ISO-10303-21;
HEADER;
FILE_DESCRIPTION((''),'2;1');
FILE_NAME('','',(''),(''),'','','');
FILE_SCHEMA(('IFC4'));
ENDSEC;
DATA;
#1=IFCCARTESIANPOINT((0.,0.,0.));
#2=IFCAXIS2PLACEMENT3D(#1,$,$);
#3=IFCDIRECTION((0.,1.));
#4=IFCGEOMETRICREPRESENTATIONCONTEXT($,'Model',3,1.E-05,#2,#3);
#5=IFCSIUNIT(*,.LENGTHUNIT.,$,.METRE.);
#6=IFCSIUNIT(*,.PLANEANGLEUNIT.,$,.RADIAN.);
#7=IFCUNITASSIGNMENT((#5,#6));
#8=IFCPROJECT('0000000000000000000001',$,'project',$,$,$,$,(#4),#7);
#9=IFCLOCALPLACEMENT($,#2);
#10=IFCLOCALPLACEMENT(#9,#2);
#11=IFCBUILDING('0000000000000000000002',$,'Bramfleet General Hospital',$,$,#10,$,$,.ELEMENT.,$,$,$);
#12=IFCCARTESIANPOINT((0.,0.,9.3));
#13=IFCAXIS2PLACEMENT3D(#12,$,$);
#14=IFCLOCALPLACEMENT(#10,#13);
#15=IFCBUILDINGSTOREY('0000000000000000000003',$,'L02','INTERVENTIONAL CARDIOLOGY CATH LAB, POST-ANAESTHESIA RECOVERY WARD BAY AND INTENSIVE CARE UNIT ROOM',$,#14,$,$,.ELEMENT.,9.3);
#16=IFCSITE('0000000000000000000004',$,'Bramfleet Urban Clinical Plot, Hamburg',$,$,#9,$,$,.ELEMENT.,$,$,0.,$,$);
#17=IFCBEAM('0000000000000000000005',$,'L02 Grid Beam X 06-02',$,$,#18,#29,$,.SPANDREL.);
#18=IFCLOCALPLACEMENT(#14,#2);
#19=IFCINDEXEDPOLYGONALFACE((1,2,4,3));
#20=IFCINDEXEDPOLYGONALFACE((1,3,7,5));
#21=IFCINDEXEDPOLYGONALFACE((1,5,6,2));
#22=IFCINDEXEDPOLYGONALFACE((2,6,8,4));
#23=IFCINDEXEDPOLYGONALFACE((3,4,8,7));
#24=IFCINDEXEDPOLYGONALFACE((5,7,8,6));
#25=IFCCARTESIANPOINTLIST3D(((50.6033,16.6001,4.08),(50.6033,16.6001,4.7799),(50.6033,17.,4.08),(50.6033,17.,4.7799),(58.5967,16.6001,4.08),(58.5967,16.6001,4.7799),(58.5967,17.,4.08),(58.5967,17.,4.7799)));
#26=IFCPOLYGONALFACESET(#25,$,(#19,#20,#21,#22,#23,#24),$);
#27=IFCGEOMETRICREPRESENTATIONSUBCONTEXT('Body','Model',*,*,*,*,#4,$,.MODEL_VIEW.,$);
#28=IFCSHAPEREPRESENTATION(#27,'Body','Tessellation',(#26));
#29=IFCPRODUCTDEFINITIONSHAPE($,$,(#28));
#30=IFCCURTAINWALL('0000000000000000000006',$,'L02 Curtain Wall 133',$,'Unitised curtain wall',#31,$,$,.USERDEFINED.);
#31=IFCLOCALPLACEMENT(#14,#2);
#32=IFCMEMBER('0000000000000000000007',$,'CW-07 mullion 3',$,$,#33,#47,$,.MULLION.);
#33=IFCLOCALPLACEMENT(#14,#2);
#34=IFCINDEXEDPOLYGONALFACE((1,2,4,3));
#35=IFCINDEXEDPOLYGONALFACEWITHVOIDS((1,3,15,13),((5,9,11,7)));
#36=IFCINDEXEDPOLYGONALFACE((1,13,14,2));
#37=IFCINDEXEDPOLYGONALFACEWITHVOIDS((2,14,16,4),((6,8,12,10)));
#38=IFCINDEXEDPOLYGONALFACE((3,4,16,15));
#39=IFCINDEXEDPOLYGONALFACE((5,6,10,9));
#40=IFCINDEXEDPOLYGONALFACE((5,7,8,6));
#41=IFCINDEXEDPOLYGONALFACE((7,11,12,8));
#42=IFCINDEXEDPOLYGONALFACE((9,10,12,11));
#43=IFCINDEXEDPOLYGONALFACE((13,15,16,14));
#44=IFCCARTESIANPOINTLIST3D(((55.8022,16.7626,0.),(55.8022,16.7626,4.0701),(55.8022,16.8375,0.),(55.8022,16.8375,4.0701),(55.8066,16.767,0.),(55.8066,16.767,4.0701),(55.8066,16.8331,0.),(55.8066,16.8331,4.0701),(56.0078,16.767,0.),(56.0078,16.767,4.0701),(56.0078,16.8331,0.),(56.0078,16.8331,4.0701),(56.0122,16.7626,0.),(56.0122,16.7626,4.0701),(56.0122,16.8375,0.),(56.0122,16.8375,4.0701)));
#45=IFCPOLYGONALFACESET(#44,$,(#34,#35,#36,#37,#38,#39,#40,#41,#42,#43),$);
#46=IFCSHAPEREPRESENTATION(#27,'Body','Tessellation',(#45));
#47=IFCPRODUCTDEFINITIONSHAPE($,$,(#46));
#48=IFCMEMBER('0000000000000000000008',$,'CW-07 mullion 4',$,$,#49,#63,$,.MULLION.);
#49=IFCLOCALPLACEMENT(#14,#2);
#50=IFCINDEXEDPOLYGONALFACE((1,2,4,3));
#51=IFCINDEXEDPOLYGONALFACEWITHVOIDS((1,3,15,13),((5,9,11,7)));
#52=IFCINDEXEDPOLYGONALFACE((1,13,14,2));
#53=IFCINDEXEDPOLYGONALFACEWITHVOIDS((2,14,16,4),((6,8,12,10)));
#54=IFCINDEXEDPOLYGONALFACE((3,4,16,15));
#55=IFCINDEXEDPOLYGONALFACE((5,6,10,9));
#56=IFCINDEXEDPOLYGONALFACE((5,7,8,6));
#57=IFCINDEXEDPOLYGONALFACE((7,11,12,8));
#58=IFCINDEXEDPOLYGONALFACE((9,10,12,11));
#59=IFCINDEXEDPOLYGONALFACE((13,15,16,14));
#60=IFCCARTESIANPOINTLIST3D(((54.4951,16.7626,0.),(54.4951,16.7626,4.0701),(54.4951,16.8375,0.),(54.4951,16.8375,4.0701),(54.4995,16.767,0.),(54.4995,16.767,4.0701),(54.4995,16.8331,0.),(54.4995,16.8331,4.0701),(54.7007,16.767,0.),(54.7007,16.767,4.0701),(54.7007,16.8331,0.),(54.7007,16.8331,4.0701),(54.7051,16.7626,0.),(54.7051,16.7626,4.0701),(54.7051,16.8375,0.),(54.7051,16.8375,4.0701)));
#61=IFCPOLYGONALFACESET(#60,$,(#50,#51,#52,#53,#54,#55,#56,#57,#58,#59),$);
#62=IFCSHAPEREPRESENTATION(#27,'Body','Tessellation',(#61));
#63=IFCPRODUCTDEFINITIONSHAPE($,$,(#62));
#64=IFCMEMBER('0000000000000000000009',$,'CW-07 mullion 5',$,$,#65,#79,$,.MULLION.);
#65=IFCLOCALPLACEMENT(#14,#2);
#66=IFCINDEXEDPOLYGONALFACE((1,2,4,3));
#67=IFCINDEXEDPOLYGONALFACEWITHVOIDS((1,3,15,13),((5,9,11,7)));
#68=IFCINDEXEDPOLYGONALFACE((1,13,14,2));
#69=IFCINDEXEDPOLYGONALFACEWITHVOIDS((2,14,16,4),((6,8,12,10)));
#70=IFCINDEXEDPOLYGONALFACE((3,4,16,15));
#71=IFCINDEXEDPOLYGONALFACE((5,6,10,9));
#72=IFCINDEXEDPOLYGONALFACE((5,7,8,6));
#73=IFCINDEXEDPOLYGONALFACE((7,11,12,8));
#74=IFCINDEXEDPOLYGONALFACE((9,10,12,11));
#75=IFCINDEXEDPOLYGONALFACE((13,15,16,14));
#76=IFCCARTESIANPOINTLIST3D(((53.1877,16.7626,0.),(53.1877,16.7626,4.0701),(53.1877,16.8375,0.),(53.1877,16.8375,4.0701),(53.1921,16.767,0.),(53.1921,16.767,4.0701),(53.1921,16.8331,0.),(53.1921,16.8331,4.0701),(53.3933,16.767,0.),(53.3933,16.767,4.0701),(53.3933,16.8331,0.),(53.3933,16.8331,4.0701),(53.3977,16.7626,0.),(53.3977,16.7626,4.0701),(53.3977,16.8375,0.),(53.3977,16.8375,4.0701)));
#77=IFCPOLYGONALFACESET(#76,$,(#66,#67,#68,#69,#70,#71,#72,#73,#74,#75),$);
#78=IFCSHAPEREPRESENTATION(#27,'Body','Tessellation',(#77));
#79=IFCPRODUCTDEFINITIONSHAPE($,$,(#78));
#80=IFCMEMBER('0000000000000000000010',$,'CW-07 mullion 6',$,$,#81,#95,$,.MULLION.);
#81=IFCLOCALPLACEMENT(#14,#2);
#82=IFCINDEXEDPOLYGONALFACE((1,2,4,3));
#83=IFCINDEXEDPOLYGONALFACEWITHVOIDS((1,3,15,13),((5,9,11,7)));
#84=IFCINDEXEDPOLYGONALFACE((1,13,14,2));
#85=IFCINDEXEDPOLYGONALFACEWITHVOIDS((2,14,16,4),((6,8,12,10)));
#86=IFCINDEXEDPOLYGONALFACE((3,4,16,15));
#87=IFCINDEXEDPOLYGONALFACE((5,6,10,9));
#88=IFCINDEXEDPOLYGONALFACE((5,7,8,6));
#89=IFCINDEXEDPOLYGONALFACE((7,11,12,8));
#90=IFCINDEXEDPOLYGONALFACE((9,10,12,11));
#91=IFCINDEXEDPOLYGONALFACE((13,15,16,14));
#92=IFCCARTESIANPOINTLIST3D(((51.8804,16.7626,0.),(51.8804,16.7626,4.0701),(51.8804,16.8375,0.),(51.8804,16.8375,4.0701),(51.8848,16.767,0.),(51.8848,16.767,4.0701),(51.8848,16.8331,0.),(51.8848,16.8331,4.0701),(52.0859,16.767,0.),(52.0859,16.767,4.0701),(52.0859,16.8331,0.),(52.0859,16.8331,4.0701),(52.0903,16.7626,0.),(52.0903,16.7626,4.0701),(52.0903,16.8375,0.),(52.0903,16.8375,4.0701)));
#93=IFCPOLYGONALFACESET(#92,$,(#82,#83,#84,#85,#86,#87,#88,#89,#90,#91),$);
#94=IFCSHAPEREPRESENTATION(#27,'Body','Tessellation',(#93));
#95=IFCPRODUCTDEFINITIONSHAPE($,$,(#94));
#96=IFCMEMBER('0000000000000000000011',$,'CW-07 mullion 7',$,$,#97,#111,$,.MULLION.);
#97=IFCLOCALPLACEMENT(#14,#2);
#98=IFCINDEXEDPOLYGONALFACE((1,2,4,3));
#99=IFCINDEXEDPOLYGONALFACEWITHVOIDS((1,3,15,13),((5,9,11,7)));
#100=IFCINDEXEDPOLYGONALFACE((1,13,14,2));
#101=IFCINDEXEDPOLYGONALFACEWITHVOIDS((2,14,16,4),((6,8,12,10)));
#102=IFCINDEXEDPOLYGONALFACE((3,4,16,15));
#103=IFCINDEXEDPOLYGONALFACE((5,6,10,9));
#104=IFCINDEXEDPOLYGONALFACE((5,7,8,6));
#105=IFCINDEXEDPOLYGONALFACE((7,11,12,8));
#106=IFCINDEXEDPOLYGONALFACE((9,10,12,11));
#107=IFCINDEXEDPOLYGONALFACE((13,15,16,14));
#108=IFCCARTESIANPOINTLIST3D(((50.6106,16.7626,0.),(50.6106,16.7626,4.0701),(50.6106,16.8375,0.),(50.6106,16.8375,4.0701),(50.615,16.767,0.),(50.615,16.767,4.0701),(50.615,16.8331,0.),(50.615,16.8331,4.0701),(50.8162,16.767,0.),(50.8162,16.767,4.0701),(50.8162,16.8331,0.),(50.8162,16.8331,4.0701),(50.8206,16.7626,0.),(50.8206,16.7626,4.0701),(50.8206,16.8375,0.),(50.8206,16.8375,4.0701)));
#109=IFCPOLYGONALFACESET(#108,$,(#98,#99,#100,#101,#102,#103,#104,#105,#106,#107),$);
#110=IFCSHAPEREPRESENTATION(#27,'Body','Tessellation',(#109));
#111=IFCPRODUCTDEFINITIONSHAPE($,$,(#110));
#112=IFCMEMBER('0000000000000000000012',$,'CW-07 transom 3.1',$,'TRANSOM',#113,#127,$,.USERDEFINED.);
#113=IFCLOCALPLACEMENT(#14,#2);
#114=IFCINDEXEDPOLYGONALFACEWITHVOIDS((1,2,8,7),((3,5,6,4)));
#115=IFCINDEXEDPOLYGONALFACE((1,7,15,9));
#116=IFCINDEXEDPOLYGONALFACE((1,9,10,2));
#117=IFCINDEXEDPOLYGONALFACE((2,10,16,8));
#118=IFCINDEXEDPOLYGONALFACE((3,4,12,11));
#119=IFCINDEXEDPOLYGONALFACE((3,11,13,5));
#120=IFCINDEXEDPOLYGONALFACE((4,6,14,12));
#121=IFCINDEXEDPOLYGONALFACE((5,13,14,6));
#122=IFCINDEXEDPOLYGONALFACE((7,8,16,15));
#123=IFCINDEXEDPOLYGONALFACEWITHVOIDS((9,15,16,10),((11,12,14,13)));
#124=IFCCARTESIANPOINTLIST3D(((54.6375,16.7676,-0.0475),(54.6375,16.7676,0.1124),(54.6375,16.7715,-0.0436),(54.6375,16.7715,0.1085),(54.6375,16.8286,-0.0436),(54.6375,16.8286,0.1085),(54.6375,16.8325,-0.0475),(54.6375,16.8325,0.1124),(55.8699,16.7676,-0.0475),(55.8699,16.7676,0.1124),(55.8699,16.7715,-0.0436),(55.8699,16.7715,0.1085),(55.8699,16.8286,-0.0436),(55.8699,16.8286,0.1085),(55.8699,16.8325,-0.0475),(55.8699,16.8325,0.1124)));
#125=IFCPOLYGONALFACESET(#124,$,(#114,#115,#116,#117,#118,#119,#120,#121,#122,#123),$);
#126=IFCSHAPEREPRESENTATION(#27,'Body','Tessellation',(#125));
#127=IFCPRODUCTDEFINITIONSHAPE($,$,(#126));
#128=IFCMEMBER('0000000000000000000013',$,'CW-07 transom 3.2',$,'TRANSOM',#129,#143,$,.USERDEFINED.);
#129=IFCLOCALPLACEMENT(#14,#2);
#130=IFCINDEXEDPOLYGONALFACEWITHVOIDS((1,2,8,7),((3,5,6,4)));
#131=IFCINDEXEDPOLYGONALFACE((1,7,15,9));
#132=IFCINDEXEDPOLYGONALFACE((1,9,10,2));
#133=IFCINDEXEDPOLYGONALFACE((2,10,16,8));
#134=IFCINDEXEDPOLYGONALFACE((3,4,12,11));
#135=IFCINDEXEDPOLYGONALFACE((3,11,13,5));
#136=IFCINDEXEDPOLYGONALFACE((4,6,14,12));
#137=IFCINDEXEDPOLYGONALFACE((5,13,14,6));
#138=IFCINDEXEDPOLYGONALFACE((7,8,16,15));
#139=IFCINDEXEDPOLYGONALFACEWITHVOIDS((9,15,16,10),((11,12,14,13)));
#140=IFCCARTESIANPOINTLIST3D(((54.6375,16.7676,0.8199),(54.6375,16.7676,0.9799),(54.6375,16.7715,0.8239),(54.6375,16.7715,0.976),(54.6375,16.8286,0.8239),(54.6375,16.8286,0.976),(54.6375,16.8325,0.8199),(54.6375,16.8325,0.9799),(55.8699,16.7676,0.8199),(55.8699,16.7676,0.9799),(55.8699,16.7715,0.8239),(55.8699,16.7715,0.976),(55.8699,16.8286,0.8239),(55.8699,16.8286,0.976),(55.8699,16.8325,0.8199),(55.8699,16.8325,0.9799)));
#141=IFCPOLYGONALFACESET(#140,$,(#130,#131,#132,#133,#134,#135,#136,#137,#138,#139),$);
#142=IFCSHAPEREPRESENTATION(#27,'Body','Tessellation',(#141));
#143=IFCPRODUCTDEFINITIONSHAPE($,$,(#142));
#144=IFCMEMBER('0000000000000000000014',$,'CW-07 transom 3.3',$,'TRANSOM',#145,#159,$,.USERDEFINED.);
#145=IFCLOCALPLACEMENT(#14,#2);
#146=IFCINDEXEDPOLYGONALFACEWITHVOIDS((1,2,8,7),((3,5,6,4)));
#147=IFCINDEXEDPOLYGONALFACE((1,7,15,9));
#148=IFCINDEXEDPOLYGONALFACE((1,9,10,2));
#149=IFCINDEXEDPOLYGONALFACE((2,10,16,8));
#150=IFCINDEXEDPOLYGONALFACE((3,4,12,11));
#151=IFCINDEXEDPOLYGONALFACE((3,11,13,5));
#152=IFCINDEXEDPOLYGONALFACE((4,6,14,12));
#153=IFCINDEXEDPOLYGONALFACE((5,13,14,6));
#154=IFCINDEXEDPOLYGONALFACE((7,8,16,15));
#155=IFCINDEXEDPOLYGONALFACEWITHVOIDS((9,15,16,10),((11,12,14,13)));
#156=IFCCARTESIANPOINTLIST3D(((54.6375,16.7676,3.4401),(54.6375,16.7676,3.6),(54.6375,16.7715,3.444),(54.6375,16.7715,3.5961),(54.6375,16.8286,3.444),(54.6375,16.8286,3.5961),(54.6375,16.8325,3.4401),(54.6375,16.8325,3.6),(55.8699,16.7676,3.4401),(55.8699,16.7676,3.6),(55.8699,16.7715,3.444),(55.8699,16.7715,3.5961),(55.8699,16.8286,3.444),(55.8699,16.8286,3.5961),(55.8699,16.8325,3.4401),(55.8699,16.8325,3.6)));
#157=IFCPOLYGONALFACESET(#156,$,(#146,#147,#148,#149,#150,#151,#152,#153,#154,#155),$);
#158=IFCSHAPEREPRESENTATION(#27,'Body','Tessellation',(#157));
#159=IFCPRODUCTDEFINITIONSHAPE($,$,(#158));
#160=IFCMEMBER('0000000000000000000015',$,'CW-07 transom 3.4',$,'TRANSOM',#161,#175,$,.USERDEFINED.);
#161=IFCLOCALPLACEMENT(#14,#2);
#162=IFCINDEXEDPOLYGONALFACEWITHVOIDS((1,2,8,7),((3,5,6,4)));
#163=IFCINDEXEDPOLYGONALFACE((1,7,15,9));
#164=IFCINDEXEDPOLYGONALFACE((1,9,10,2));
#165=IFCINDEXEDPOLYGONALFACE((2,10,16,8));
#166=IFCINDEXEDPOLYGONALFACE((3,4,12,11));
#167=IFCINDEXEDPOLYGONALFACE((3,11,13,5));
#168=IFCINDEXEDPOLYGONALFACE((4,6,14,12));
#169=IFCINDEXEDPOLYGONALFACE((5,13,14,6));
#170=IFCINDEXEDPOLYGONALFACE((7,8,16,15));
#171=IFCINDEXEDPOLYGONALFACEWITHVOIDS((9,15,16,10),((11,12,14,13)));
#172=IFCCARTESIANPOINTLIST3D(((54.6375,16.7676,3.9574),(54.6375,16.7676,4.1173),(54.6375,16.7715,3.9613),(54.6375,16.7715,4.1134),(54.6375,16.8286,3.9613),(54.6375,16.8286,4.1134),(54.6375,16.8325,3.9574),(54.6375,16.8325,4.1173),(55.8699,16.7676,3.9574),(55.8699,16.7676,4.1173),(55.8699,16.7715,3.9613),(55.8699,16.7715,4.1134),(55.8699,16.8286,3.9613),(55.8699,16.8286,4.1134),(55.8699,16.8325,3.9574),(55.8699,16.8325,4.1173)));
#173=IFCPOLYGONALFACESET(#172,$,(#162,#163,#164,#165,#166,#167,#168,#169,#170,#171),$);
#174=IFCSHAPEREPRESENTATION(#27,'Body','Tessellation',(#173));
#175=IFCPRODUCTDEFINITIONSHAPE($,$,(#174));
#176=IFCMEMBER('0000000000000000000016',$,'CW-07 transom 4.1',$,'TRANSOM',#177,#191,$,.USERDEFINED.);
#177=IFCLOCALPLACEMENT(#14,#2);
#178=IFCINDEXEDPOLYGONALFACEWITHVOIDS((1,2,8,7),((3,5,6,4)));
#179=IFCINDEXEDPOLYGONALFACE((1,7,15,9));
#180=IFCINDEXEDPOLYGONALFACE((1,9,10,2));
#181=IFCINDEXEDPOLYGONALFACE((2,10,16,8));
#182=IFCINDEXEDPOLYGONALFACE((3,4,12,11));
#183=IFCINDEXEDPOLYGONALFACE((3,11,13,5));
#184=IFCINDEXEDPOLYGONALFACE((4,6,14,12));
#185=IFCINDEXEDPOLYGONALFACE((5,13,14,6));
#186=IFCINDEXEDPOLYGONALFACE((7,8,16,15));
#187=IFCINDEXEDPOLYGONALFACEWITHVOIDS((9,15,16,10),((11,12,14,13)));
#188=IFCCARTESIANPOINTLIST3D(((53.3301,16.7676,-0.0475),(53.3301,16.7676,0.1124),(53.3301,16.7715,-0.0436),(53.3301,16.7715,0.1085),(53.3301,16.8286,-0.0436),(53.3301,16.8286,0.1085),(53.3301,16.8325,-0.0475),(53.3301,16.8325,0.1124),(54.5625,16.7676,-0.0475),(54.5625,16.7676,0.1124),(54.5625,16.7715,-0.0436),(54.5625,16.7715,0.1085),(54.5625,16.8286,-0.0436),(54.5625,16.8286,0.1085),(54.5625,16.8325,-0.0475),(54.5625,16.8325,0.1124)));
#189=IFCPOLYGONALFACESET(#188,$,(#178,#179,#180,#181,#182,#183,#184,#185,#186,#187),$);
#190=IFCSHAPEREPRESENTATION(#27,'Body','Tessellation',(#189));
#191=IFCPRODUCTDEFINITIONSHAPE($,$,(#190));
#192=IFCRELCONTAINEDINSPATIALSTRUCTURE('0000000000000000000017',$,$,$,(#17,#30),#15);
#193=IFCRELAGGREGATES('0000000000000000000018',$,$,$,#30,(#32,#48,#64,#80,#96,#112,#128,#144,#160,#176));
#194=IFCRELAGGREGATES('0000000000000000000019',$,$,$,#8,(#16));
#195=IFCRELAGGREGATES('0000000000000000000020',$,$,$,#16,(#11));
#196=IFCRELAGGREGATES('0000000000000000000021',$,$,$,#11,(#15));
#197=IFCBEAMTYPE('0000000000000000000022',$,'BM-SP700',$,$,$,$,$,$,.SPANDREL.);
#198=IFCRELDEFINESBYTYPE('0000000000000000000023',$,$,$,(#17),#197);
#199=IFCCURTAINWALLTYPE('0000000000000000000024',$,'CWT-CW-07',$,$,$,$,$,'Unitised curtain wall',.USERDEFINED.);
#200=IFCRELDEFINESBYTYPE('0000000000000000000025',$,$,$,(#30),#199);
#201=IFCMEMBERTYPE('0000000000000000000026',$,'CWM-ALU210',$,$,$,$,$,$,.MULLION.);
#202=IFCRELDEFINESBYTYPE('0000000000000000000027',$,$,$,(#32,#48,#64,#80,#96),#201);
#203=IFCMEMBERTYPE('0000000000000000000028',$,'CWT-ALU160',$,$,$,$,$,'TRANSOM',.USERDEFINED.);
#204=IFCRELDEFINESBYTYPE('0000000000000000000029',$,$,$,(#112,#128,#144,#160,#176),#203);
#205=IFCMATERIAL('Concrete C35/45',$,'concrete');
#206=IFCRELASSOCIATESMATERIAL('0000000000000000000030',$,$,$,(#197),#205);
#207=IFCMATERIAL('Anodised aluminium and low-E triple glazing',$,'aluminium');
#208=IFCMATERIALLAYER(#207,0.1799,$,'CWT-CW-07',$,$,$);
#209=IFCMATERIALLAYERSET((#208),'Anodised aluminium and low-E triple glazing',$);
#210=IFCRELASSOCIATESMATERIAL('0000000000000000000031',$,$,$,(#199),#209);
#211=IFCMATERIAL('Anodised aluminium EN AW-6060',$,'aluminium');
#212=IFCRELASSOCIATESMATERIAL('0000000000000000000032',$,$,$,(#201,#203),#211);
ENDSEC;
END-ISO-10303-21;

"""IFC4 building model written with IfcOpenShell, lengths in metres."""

from ifc_helpers import new_model, si_unit, direction, frame, origin, origin_2d, place, context, subcontext, project, spatial, rectangle, hollow_rectangle, extrude, material, layer, layer_set, material_profile, profile_set, type_object, element, aggregate, save


model = new_model("IFC4")

# Units and contexts
model_context = context("Model", 3, precision=1e-05, world=origin(), true_north=direction((0.0, 1.0)))
body_context = subcontext(model_context, "Body", "Model", "MODEL_VIEW")
ifc_project = project(units=[si_unit("LENGTHUNIT", "METRE"), si_unit("PLANEANGLEUNIT", "RADIAN")], contexts=[model_context])

# Site, building, storey
site_placement = place(None, origin())
site = spatial("IfcSite", under=ifc_project, at=site_placement, Name="Bramfleet Urban Clinical Plot, Hamburg", CompositionType="ELEMENT", RefElevation=0.0)
building_placement = place(site_placement, origin())
building = spatial("IfcBuilding", under=site, at=building_placement, Name="Bramfleet General Hospital", CompositionType="ELEMENT")
storey_placement = place(building_placement, frame((0.0, 0.0, 9.3)))
storey = spatial("IfcBuildingStorey", under=building, at=storey_placement, Name="L02", Description="INTERVENTIONAL CARDIOLOGY CATH LAB, POST-ANAESTHESIA RECOVERY WARD BAY AND INTENSIVE CARE UNIT ROOM", CompositionType="ELEMENT", Elevation=9.3)

# Beam
ifc_material_1 = material(Name="Concrete C35/45", Category="concrete")
ifc_material_profile_1 = material_profile(ifc_material_1, rectangle(XDim=0.3999, YDim=0.7, at=origin_2d()), Name="RC SP 700x400")
ifc_profile_set_1 = profile_set([ifc_material_profile_1], Name="Concrete C35/45")
beam_type = type_object("IfcBeamType", Name="BM-SP700", PredefinedType="SPANDREL", material=ifc_profile_set_1)
beam_placement = place(storey_placement, frame((50.6033, 16.8, 4.4299), z_axis=(1.0, 0.0, 0.0), x_axis=(0.0, 1.0, 0.0)))
element("IfcBeam", 1, at=beam_placement, inside=storey, type_object=beam_type, Name="L02 Grid Beam X 06-02", PredefinedType="SPANDREL", context=body_context, shape_type="SweptSolid", body=[
    extrude(rectangle(XDim=0.3999, YDim=0.7, at=origin_2d()), origin(), (0.0, 0.0, 1.0), 7.9934),
])

# Curtain wall, members
ifc_material_2 = material(Name="Anodised aluminium and low-E triple glazing", Category="aluminium")
ifc_layer_1 = layer(ifc_material_2, 0.1799, Name="CWT-CW-07")
ifc_layer_set_1 = layer_set([ifc_layer_1], Name="Anodised aluminium and low-E triple glazing")
curtain_wall_type = type_object("IfcCurtainWallType", Name="CWT-CW-07", ElementType="Unitised curtain wall", PredefinedType="USERDEFINED", material=ifc_layer_set_1)
curtain_wall_placement = place(storey_placement, origin())
curtain_wall = element("IfcCurtainWall", 2, at=curtain_wall_placement, inside=storey, type_object=curtain_wall_type, Name="L02 Curtain Wall 133", ObjectType="Unitised curtain wall", PredefinedType="USERDEFINED")
ifc_material_3 = material(Name="Anodised aluminium EN AW-6060", Category="aluminium")
ifc_material_profile_2 = material_profile(ifc_material_3, hollow_rectangle(XDim=0.075, YDim=0.21, WallThickness=0.0044, at=origin_2d()), Name="ALU 210x75x4.5")
ifc_profile_set_2 = profile_set([ifc_material_profile_2], Name="Anodised aluminium EN AW-6060")
member_type_1 = type_object("IfcMemberType", Name="CWM-ALU210", PredefinedType="MULLION", material=ifc_profile_set_2)
member_1_placement = place(storey_placement, frame((55.9072, 16.8, 0.0), z_axis=(0.0, 0.0, 1.0), x_axis=(0.0, -1.0, 0.0)))
member_1 = element("IfcMember", 3, at=member_1_placement, type_object=member_type_1, Name="CW-07 mullion 3", PredefinedType="MULLION", context=body_context, shape_type="SweptSolid", body=[
    extrude(hollow_rectangle(XDim=0.075, YDim=0.21, WallThickness=0.0044, at=origin_2d()), origin(), (0.0, 0.0, 1.0), 4.0701),
])
member_2_placement = place(storey_placement, frame((54.6001, 16.8, 0.0), z_axis=(0.0, 0.0, 1.0), x_axis=(0.0, -1.0, 0.0)))
member_2 = element("IfcMember", 4, at=member_2_placement, type_object=member_type_1, Name="CW-07 mullion 4", PredefinedType="MULLION", context=body_context, shape_type="SweptSolid", body=[
    extrude(hollow_rectangle(XDim=0.075, YDim=0.21, WallThickness=0.0044, at=origin_2d()), origin(), (0.0, 0.0, 1.0), 4.0701),
])
member_3_placement = place(storey_placement, frame((53.2927, 16.8, 0.0), z_axis=(0.0, 0.0, 1.0), x_axis=(0.0, -1.0, 0.0)))
member_3 = element("IfcMember", 5, at=member_3_placement, type_object=member_type_1, Name="CW-07 mullion 5", PredefinedType="MULLION", context=body_context, shape_type="SweptSolid", body=[
    extrude(hollow_rectangle(XDim=0.075, YDim=0.21, WallThickness=0.0044, at=origin_2d()), origin(), (0.0, 0.0, 1.0), 4.0701),
])
member_4_placement = place(storey_placement, frame((51.9854, 16.8, 0.0), z_axis=(0.0, 0.0, 1.0), x_axis=(0.0, -1.0, 0.0)))
member_4 = element("IfcMember", 6, at=member_4_placement, type_object=member_type_1, Name="CW-07 mullion 6", PredefinedType="MULLION", context=body_context, shape_type="SweptSolid", body=[
    extrude(hollow_rectangle(XDim=0.075, YDim=0.21, WallThickness=0.0044, at=origin_2d()), origin(), (0.0, 0.0, 1.0), 4.0701),
])
member_5_placement = place(storey_placement, frame((50.7156, 16.8, 0.0), z_axis=(0.0, 0.0, 1.0), x_axis=(0.0, -1.0, 0.0)))
member_5 = element("IfcMember", 7, at=member_5_placement, type_object=member_type_1, Name="CW-07 mullion 7", PredefinedType="MULLION", context=body_context, shape_type="SweptSolid", body=[
    extrude(hollow_rectangle(XDim=0.075, YDim=0.21, WallThickness=0.0044, at=origin_2d()), origin(), (0.0, 0.0, 1.0), 4.0701),
])
ifc_material_profile_3 = material_profile(ifc_material_3, hollow_rectangle(XDim=0.0649, YDim=0.1599, WallThickness=0.0039, at=origin_2d()), Name="ALU 160x65x4.0")
ifc_profile_set_3 = profile_set([ifc_material_profile_3], Name="Anodised aluminium EN AW-6060")
member_type_2 = type_object("IfcMemberType", Name="CWT-ALU160", ElementType="TRANSOM", PredefinedType="USERDEFINED", material=ifc_profile_set_3)
member_6_placement = place(storey_placement, frame((55.8699, 16.8, 0.0325), z_axis=(-1.0, 0.0, 0.0), x_axis=(0.0, -1.0, 0.0)))
member_6 = element("IfcMember", 8, at=member_6_placement, type_object=member_type_2, Name="CW-07 transom 3.1", ObjectType="TRANSOM", PredefinedType="USERDEFINED", context=body_context, shape_type="SweptSolid", body=[
    extrude(hollow_rectangle(XDim=0.0649, YDim=0.1599, WallThickness=0.0039, at=origin_2d()), origin(), (0.0, 0.0, 1.0), 1.2324),
])
member_7_placement = place(storey_placement, frame((55.8699, 16.8, 0.8999), z_axis=(-1.0, 0.0, 0.0), x_axis=(0.0, -1.0, 0.0)))
member_7 = element("IfcMember", 9, at=member_7_placement, type_object=member_type_2, Name="CW-07 transom 3.2", ObjectType="TRANSOM", PredefinedType="USERDEFINED", context=body_context, shape_type="SweptSolid", body=[
    extrude(hollow_rectangle(XDim=0.0649, YDim=0.1599, WallThickness=0.0039, at=origin_2d()), origin(), (0.0, 0.0, 1.0), 1.2324),
])
member_8_placement = place(storey_placement, frame((55.8699, 16.8, 3.52), z_axis=(-1.0, 0.0, 0.0), x_axis=(0.0, -1.0, 0.0)))
member_8 = element("IfcMember", 10, at=member_8_placement, type_object=member_type_2, Name="CW-07 transom 3.3", ObjectType="TRANSOM", PredefinedType="USERDEFINED", context=body_context, shape_type="SweptSolid", body=[
    extrude(hollow_rectangle(XDim=0.0649, YDim=0.1599, WallThickness=0.0039, at=origin_2d()), origin(), (0.0, 0.0, 1.0), 1.2324),
])
member_9_placement = place(storey_placement, frame((55.8699, 16.8, 4.0374), z_axis=(-1.0, 0.0, 0.0), x_axis=(0.0, -1.0, 0.0)))
member_9 = element("IfcMember", 11, at=member_9_placement, type_object=member_type_2, Name="CW-07 transom 3.4", ObjectType="TRANSOM", PredefinedType="USERDEFINED", context=body_context, shape_type="SweptSolid", body=[
    extrude(hollow_rectangle(XDim=0.0649, YDim=0.1599, WallThickness=0.0039, at=origin_2d()), origin(), (0.0, 0.0, 1.0), 1.2324),
])
member_10_placement = place(storey_placement, frame((54.5625, 16.8, 0.0325), z_axis=(-1.0, 0.0, 0.0), x_axis=(0.0, -1.0, 0.0)))
member_10 = element("IfcMember", 12, at=member_10_placement, type_object=member_type_2, Name="CW-07 transom 4.1", ObjectType="TRANSOM", PredefinedType="USERDEFINED", context=body_context, shape_type="SweptSolid", body=[
    extrude(hollow_rectangle(XDim=0.0649, YDim=0.1599, WallThickness=0.0039, at=origin_2d()), origin(), (0.0, 0.0, 1.0), 1.2324),
])
aggregate(curtain_wall, [member_1, member_2, member_3, member_4, member_5, member_6, member_7, member_8, member_9, member_10])

save(model, "model.ifc")
